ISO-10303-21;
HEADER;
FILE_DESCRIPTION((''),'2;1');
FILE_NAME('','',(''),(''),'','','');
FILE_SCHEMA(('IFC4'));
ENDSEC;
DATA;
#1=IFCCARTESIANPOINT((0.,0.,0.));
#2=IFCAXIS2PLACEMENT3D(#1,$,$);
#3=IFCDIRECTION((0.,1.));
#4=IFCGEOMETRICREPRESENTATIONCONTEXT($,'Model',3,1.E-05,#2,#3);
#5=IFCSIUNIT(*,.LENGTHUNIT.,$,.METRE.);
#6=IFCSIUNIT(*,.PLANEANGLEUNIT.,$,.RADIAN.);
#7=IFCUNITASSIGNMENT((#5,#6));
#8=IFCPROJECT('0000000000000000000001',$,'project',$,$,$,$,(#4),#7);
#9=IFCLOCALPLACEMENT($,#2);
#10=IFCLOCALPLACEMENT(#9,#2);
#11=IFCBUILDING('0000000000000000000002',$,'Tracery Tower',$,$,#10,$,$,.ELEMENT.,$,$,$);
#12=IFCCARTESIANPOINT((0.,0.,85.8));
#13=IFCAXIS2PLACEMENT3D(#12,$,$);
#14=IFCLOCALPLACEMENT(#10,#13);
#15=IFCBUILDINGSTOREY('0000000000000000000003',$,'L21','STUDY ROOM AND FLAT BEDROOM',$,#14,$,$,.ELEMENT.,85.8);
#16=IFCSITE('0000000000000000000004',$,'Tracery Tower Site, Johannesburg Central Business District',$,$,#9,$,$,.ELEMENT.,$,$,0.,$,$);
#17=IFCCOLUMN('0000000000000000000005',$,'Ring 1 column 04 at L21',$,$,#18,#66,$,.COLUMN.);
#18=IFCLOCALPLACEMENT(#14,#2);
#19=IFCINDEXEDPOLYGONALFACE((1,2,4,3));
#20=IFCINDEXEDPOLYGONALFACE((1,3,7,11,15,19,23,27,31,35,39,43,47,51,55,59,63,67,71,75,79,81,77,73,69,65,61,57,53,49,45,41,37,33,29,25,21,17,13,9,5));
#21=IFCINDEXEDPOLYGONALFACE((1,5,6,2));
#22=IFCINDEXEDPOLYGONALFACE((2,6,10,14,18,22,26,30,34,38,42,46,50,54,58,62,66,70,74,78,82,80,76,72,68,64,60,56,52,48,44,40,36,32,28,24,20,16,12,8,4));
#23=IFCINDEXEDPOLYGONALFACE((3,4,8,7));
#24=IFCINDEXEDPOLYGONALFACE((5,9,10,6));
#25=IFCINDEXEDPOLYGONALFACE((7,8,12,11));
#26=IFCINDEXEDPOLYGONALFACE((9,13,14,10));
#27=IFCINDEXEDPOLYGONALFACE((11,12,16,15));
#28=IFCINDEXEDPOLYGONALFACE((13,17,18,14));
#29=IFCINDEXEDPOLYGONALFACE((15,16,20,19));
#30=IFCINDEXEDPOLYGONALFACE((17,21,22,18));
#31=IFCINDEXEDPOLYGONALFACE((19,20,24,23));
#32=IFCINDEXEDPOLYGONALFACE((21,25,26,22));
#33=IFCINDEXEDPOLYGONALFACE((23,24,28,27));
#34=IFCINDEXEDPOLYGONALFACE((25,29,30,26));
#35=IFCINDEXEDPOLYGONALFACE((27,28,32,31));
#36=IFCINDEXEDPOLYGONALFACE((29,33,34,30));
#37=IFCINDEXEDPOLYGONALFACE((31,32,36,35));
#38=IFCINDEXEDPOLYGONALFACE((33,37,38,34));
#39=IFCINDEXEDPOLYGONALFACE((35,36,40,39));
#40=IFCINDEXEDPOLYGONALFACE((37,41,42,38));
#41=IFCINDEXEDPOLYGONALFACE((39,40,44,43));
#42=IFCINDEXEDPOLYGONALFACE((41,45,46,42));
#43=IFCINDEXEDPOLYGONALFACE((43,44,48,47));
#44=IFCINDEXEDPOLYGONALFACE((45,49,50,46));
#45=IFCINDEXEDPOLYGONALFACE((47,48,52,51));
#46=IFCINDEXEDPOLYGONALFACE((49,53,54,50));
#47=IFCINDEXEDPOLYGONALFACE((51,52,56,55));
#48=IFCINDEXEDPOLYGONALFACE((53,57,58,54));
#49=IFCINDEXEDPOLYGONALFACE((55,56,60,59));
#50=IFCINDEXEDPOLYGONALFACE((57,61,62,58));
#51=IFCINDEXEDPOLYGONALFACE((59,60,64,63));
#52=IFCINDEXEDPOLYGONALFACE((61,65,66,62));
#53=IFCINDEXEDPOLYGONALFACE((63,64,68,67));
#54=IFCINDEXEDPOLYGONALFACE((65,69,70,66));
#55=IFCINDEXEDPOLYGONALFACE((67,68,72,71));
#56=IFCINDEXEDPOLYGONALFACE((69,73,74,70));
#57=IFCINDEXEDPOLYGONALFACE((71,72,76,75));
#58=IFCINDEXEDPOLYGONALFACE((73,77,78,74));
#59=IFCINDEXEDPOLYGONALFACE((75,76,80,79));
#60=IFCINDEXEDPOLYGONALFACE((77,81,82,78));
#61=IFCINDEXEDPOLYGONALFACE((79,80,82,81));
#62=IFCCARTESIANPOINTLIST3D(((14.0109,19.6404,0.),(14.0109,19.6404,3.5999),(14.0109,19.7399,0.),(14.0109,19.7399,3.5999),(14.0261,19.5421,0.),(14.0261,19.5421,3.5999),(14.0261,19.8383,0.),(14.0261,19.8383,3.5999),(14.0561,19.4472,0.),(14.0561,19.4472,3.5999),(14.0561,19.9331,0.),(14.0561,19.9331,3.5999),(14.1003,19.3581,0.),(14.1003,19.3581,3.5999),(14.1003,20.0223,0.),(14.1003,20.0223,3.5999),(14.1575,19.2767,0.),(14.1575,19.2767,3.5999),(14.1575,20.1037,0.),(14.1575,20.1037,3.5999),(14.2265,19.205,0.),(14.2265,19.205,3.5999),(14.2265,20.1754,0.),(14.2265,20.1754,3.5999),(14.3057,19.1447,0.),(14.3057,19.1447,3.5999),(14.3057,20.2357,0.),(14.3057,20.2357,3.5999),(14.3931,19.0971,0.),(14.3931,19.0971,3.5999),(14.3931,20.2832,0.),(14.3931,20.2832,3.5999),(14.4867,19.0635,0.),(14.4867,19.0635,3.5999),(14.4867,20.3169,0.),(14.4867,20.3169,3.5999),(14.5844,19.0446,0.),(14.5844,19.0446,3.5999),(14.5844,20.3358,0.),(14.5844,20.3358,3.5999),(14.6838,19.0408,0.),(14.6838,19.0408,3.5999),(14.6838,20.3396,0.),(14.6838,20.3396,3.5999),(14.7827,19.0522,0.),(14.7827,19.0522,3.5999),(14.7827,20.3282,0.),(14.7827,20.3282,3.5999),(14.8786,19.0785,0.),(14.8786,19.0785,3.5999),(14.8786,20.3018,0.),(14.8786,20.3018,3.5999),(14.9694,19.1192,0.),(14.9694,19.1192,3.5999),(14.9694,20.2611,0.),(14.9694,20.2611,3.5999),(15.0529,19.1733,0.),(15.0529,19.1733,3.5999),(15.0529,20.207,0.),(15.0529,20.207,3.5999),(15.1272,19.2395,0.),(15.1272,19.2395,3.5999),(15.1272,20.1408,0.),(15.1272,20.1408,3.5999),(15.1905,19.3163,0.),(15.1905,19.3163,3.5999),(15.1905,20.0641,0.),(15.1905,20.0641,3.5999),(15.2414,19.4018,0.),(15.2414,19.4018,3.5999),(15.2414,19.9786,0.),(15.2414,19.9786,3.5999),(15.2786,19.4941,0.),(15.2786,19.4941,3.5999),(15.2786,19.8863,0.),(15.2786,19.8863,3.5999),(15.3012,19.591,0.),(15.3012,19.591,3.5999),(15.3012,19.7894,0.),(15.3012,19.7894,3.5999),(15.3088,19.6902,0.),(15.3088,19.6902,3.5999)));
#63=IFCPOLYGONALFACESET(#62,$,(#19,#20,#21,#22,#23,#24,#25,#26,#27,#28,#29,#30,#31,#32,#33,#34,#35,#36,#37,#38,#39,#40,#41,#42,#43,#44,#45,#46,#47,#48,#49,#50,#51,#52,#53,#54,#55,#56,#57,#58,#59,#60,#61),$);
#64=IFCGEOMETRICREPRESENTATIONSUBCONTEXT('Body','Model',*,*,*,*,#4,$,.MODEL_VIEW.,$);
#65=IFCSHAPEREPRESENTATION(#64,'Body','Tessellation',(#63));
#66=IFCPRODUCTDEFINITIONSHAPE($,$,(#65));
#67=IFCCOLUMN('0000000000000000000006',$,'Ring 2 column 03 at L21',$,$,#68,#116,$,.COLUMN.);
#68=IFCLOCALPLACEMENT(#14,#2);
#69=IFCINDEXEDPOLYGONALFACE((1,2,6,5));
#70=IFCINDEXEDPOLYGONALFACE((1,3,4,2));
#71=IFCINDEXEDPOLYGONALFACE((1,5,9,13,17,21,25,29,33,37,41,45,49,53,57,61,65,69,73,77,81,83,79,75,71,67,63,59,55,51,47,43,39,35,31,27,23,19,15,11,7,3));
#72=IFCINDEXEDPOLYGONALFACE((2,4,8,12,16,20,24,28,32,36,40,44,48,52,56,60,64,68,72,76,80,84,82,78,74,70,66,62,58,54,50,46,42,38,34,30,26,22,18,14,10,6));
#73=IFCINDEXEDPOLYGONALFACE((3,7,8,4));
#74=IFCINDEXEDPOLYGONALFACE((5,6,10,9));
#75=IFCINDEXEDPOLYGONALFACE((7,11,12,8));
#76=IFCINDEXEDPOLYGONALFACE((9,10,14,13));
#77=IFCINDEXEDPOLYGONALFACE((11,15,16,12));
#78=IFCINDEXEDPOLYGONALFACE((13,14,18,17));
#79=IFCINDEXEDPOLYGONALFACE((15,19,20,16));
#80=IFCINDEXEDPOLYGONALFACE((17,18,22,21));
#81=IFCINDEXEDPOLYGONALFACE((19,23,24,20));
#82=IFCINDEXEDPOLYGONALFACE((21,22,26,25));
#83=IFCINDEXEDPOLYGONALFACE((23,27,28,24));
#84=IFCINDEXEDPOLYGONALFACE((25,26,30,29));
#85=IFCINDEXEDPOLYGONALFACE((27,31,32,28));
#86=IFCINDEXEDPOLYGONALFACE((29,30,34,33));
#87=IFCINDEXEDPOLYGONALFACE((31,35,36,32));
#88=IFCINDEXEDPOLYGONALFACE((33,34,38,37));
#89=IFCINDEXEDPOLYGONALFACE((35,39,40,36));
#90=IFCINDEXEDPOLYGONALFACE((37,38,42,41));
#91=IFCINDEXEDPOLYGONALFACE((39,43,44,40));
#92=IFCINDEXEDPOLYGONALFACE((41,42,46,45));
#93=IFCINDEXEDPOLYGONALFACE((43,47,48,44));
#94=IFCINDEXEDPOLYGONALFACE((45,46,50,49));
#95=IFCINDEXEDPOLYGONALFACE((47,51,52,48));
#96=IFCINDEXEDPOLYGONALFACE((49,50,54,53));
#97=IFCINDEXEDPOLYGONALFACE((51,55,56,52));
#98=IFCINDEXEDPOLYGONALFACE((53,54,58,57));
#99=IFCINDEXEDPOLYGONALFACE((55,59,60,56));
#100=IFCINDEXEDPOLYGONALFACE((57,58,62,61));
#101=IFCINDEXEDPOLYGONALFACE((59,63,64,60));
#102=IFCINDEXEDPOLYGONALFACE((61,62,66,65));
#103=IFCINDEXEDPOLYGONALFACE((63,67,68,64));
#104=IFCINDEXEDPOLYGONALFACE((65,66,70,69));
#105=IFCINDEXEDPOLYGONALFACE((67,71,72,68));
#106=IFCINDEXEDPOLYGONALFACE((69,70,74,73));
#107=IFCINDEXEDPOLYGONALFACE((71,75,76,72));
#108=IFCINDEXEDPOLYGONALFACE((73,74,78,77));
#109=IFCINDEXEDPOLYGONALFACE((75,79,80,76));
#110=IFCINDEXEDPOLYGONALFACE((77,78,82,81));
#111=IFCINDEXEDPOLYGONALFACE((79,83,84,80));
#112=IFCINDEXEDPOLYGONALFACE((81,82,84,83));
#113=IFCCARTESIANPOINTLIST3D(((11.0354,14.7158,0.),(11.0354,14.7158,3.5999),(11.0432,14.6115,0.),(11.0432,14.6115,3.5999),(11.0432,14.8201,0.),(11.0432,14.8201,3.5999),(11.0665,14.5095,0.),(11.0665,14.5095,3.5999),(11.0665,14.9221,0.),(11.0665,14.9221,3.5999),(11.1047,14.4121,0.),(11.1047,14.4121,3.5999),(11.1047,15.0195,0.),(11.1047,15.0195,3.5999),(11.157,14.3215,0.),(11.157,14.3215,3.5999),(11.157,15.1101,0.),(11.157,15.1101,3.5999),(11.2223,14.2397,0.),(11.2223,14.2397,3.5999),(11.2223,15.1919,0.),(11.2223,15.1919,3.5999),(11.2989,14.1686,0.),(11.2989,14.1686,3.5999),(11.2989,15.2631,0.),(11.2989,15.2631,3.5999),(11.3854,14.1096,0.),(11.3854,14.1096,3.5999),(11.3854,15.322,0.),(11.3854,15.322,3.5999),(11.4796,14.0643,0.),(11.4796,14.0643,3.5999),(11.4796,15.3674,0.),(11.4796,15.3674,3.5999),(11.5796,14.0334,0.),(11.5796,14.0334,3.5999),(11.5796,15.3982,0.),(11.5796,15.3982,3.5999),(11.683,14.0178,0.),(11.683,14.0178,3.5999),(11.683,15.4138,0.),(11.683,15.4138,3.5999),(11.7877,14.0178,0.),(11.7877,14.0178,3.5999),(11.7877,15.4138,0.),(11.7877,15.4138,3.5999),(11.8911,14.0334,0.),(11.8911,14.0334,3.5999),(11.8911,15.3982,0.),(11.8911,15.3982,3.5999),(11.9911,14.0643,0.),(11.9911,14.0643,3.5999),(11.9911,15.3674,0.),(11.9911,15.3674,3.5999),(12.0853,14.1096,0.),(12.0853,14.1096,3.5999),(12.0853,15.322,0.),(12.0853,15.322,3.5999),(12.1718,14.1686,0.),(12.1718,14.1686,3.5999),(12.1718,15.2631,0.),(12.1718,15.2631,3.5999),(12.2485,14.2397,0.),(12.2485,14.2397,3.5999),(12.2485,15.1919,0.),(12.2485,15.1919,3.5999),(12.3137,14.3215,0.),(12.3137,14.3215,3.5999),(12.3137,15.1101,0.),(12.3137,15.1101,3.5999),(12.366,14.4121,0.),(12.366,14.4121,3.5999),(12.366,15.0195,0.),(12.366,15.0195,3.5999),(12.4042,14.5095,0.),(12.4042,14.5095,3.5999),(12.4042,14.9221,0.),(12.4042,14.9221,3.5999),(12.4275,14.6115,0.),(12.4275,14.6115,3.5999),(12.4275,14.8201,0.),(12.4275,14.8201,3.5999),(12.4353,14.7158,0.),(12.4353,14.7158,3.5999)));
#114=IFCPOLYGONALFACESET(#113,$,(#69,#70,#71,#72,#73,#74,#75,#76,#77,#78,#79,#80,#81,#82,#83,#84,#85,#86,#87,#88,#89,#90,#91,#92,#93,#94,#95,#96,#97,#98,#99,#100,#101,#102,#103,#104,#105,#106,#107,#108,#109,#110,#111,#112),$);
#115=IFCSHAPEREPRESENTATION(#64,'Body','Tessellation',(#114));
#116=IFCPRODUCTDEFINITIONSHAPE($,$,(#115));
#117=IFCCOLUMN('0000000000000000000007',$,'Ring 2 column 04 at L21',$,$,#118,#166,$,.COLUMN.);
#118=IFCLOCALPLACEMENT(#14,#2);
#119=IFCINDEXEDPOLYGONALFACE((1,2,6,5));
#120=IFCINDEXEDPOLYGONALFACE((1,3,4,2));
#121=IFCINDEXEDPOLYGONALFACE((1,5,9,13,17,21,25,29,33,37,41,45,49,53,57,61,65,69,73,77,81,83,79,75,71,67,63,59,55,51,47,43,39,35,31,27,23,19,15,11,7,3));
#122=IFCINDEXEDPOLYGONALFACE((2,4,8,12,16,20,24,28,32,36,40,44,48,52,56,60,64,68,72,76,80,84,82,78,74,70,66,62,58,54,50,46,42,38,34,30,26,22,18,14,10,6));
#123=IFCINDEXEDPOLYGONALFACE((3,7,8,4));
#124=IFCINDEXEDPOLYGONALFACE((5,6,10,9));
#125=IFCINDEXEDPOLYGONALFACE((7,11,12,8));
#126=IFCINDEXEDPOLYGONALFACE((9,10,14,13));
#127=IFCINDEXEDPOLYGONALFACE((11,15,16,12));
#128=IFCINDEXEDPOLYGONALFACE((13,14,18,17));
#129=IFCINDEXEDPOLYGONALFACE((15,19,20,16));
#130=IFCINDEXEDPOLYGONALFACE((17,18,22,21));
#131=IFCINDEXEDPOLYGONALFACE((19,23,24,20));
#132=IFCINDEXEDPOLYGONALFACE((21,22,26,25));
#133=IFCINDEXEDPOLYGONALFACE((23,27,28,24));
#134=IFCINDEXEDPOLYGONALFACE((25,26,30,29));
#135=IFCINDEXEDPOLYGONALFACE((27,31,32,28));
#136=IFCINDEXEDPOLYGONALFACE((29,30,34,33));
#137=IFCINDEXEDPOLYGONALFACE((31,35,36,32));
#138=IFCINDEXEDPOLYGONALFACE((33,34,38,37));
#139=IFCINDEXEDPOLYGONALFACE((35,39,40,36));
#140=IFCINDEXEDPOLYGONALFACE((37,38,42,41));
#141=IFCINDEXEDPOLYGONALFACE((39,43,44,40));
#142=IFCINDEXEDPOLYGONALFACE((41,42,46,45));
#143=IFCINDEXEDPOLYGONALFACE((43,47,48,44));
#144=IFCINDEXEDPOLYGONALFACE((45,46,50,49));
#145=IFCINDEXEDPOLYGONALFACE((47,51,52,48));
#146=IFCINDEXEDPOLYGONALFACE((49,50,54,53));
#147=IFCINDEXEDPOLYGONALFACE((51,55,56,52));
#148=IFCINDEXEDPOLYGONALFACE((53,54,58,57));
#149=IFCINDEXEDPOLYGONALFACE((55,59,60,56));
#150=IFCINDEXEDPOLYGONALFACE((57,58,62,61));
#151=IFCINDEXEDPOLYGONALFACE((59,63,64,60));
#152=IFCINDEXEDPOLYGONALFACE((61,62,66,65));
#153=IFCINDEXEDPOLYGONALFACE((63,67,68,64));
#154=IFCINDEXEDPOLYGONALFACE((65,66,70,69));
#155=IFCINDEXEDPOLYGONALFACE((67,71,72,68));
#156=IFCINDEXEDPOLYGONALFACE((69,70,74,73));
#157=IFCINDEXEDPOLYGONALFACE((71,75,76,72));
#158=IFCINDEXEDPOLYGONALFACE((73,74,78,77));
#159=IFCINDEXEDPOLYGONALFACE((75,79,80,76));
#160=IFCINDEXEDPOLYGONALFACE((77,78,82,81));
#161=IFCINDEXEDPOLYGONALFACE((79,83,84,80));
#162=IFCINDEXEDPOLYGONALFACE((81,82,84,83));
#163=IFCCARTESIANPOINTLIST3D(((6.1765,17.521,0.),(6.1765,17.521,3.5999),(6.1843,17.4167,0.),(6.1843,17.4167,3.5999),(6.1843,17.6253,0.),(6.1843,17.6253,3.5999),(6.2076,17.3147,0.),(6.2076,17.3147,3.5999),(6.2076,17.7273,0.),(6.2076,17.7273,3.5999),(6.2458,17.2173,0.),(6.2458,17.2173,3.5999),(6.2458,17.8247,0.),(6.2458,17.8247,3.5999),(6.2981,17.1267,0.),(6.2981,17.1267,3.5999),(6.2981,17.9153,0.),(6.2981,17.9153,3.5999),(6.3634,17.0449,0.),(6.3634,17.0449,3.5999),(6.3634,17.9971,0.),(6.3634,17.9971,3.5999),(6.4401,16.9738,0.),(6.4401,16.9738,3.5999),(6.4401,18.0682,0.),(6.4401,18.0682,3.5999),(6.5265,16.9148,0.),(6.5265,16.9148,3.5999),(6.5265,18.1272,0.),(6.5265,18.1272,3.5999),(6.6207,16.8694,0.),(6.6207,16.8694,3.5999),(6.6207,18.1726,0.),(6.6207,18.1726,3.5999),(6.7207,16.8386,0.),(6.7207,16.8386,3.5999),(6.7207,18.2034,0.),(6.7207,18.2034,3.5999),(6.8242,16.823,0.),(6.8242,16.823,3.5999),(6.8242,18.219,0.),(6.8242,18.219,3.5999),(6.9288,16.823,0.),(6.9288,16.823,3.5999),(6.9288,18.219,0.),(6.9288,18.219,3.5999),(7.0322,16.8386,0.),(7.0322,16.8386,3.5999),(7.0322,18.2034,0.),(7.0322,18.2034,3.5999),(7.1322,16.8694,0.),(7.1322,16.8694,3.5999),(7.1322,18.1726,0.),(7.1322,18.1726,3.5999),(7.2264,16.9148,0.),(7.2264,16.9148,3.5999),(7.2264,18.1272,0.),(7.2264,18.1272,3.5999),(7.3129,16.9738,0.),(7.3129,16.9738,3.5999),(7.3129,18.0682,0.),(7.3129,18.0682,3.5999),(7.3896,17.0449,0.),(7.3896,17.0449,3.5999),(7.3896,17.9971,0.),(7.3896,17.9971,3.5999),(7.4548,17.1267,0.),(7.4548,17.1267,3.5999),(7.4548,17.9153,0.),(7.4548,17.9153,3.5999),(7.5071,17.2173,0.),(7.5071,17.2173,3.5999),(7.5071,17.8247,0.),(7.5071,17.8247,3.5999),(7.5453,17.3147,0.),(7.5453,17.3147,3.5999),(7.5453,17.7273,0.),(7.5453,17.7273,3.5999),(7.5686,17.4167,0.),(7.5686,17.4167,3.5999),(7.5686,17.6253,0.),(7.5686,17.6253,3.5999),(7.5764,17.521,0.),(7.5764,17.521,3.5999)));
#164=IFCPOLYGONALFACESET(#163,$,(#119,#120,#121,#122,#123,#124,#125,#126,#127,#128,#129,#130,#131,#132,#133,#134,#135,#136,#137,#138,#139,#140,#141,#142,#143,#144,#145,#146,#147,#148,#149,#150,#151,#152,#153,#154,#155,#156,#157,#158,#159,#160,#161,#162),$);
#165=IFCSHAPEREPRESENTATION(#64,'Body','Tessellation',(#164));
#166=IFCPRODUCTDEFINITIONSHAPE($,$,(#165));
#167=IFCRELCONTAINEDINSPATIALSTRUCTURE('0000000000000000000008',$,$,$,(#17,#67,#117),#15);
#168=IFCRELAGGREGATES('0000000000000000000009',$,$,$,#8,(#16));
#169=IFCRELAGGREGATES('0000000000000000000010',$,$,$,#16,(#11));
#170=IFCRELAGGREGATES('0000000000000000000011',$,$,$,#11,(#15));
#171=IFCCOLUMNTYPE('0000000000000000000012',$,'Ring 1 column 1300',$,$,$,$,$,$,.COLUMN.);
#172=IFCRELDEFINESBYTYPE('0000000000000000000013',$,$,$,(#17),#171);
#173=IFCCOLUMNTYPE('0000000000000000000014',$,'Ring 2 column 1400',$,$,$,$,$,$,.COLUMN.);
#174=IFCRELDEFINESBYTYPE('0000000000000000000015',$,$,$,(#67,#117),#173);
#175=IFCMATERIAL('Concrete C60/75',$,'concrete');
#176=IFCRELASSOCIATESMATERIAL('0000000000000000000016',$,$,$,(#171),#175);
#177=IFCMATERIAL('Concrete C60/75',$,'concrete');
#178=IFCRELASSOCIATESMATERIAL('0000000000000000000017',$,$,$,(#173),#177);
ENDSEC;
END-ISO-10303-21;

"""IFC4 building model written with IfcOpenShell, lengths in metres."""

from ifc_helpers import new_model, si_unit, direction, frame, origin, origin_2d, place, context, subcontext, project, spatial, circle, extrude, material, material_profile, profile_set, type_object, element, save


model = new_model("IFC4")

# Units and contexts
model_context = context("Model", 3, precision=1e-05, world=origin(), true_north=direction((0.0, 1.0)))
body_context = subcontext(model_context, "Body", "Model", "MODEL_VIEW")
ifc_project = project(units=[si_unit("LENGTHUNIT", "METRE"), si_unit("PLANEANGLEUNIT", "RADIAN")], contexts=[model_context])

# Site, building, storey
site_placement = place(None, origin())
site = spatial("IfcSite", under=ifc_project, at=site_placement, Name="Tracery Tower Site, Johannesburg Central Business District", CompositionType="ELEMENT", RefElevation=0.0)
building_placement = place(site_placement, origin())
building = spatial("IfcBuilding", under=site, at=building_placement, Name="Tracery Tower", CompositionType="ELEMENT")
storey_placement = place(building_placement, frame((0.0, 0.0, 85.8)))
storey = spatial("IfcBuildingStorey", under=building, at=storey_placement, Name="L21", Description="STUDY ROOM AND FLAT BEDROOM", CompositionType="ELEMENT", Elevation=85.8)

# Columns
ifc_material_1 = material(Name="Concrete C60/75", Category="concrete")
ifc_material_profile_1 = material_profile(ifc_material_1, circle(Radius=0.6499, at=origin_2d()), Name="RC D1300")
ifc_profile_set_1 = profile_set([ifc_material_profile_1], Name="Concrete C60/75")
column_type_1 = type_object("IfcColumnType", Name="Ring 1 column 1300", PredefinedType="COLUMN", material=ifc_profile_set_1)
column_placement = place(storey_placement, frame((14.6589, 19.6902, 0.0), z_axis=(0.0, 0.0, 1.0), x_axis=(1.0, 0.0, 0.0)))
element("IfcColumn", 1, at=column_placement, inside=storey, type_object=column_type_1, Name="Ring 1 column 04 at L21", PredefinedType="COLUMN", context=body_context, shape_type="SweptSolid", body=[
    extrude(circle(Radius=0.6499, at=origin_2d()), origin(), (0.0, 0.0, 1.0), 3.5999),
])
ifc_material_2 = material(Name="Concrete C60/75", Category="concrete")
ifc_material_profile_2 = material_profile(ifc_material_2, circle(Radius=0.7, at=origin_2d()), Name="RC D1400")
ifc_profile_set_2 = profile_set([ifc_material_profile_2], Name="Concrete C60/75")
column_type_2 = type_object("IfcColumnType", Name="Ring 2 column 1400", PredefinedType="COLUMN", material=ifc_profile_set_2)
for number, where, z_axis, x_axis, name in (
    (2, (11.7354, 14.7158, 0.0), (0.0, 0.0, 1.0), (1.0, 0.0, 0.0), "Ring 2 column 03 at L21"),
    (3, (6.8765, 17.521, 0.0), (0.0, 0.0, 1.0), (1.0, 0.0, 0.0), "Ring 2 column 04 at L21"),
):
    element("IfcColumn", number, at=place(storey_placement, frame(where, z_axis=z_axis, x_axis=x_axis)), inside=storey, type_object=column_type_2, Name=name, PredefinedType="COLUMN", context=body_context, shape_type="SweptSolid", body=[
        extrude(circle(Radius=0.7, at=origin_2d()), origin(), (0.0, 0.0, 1.0), 3.5999),
    ])

save(model, "model.ifc")
